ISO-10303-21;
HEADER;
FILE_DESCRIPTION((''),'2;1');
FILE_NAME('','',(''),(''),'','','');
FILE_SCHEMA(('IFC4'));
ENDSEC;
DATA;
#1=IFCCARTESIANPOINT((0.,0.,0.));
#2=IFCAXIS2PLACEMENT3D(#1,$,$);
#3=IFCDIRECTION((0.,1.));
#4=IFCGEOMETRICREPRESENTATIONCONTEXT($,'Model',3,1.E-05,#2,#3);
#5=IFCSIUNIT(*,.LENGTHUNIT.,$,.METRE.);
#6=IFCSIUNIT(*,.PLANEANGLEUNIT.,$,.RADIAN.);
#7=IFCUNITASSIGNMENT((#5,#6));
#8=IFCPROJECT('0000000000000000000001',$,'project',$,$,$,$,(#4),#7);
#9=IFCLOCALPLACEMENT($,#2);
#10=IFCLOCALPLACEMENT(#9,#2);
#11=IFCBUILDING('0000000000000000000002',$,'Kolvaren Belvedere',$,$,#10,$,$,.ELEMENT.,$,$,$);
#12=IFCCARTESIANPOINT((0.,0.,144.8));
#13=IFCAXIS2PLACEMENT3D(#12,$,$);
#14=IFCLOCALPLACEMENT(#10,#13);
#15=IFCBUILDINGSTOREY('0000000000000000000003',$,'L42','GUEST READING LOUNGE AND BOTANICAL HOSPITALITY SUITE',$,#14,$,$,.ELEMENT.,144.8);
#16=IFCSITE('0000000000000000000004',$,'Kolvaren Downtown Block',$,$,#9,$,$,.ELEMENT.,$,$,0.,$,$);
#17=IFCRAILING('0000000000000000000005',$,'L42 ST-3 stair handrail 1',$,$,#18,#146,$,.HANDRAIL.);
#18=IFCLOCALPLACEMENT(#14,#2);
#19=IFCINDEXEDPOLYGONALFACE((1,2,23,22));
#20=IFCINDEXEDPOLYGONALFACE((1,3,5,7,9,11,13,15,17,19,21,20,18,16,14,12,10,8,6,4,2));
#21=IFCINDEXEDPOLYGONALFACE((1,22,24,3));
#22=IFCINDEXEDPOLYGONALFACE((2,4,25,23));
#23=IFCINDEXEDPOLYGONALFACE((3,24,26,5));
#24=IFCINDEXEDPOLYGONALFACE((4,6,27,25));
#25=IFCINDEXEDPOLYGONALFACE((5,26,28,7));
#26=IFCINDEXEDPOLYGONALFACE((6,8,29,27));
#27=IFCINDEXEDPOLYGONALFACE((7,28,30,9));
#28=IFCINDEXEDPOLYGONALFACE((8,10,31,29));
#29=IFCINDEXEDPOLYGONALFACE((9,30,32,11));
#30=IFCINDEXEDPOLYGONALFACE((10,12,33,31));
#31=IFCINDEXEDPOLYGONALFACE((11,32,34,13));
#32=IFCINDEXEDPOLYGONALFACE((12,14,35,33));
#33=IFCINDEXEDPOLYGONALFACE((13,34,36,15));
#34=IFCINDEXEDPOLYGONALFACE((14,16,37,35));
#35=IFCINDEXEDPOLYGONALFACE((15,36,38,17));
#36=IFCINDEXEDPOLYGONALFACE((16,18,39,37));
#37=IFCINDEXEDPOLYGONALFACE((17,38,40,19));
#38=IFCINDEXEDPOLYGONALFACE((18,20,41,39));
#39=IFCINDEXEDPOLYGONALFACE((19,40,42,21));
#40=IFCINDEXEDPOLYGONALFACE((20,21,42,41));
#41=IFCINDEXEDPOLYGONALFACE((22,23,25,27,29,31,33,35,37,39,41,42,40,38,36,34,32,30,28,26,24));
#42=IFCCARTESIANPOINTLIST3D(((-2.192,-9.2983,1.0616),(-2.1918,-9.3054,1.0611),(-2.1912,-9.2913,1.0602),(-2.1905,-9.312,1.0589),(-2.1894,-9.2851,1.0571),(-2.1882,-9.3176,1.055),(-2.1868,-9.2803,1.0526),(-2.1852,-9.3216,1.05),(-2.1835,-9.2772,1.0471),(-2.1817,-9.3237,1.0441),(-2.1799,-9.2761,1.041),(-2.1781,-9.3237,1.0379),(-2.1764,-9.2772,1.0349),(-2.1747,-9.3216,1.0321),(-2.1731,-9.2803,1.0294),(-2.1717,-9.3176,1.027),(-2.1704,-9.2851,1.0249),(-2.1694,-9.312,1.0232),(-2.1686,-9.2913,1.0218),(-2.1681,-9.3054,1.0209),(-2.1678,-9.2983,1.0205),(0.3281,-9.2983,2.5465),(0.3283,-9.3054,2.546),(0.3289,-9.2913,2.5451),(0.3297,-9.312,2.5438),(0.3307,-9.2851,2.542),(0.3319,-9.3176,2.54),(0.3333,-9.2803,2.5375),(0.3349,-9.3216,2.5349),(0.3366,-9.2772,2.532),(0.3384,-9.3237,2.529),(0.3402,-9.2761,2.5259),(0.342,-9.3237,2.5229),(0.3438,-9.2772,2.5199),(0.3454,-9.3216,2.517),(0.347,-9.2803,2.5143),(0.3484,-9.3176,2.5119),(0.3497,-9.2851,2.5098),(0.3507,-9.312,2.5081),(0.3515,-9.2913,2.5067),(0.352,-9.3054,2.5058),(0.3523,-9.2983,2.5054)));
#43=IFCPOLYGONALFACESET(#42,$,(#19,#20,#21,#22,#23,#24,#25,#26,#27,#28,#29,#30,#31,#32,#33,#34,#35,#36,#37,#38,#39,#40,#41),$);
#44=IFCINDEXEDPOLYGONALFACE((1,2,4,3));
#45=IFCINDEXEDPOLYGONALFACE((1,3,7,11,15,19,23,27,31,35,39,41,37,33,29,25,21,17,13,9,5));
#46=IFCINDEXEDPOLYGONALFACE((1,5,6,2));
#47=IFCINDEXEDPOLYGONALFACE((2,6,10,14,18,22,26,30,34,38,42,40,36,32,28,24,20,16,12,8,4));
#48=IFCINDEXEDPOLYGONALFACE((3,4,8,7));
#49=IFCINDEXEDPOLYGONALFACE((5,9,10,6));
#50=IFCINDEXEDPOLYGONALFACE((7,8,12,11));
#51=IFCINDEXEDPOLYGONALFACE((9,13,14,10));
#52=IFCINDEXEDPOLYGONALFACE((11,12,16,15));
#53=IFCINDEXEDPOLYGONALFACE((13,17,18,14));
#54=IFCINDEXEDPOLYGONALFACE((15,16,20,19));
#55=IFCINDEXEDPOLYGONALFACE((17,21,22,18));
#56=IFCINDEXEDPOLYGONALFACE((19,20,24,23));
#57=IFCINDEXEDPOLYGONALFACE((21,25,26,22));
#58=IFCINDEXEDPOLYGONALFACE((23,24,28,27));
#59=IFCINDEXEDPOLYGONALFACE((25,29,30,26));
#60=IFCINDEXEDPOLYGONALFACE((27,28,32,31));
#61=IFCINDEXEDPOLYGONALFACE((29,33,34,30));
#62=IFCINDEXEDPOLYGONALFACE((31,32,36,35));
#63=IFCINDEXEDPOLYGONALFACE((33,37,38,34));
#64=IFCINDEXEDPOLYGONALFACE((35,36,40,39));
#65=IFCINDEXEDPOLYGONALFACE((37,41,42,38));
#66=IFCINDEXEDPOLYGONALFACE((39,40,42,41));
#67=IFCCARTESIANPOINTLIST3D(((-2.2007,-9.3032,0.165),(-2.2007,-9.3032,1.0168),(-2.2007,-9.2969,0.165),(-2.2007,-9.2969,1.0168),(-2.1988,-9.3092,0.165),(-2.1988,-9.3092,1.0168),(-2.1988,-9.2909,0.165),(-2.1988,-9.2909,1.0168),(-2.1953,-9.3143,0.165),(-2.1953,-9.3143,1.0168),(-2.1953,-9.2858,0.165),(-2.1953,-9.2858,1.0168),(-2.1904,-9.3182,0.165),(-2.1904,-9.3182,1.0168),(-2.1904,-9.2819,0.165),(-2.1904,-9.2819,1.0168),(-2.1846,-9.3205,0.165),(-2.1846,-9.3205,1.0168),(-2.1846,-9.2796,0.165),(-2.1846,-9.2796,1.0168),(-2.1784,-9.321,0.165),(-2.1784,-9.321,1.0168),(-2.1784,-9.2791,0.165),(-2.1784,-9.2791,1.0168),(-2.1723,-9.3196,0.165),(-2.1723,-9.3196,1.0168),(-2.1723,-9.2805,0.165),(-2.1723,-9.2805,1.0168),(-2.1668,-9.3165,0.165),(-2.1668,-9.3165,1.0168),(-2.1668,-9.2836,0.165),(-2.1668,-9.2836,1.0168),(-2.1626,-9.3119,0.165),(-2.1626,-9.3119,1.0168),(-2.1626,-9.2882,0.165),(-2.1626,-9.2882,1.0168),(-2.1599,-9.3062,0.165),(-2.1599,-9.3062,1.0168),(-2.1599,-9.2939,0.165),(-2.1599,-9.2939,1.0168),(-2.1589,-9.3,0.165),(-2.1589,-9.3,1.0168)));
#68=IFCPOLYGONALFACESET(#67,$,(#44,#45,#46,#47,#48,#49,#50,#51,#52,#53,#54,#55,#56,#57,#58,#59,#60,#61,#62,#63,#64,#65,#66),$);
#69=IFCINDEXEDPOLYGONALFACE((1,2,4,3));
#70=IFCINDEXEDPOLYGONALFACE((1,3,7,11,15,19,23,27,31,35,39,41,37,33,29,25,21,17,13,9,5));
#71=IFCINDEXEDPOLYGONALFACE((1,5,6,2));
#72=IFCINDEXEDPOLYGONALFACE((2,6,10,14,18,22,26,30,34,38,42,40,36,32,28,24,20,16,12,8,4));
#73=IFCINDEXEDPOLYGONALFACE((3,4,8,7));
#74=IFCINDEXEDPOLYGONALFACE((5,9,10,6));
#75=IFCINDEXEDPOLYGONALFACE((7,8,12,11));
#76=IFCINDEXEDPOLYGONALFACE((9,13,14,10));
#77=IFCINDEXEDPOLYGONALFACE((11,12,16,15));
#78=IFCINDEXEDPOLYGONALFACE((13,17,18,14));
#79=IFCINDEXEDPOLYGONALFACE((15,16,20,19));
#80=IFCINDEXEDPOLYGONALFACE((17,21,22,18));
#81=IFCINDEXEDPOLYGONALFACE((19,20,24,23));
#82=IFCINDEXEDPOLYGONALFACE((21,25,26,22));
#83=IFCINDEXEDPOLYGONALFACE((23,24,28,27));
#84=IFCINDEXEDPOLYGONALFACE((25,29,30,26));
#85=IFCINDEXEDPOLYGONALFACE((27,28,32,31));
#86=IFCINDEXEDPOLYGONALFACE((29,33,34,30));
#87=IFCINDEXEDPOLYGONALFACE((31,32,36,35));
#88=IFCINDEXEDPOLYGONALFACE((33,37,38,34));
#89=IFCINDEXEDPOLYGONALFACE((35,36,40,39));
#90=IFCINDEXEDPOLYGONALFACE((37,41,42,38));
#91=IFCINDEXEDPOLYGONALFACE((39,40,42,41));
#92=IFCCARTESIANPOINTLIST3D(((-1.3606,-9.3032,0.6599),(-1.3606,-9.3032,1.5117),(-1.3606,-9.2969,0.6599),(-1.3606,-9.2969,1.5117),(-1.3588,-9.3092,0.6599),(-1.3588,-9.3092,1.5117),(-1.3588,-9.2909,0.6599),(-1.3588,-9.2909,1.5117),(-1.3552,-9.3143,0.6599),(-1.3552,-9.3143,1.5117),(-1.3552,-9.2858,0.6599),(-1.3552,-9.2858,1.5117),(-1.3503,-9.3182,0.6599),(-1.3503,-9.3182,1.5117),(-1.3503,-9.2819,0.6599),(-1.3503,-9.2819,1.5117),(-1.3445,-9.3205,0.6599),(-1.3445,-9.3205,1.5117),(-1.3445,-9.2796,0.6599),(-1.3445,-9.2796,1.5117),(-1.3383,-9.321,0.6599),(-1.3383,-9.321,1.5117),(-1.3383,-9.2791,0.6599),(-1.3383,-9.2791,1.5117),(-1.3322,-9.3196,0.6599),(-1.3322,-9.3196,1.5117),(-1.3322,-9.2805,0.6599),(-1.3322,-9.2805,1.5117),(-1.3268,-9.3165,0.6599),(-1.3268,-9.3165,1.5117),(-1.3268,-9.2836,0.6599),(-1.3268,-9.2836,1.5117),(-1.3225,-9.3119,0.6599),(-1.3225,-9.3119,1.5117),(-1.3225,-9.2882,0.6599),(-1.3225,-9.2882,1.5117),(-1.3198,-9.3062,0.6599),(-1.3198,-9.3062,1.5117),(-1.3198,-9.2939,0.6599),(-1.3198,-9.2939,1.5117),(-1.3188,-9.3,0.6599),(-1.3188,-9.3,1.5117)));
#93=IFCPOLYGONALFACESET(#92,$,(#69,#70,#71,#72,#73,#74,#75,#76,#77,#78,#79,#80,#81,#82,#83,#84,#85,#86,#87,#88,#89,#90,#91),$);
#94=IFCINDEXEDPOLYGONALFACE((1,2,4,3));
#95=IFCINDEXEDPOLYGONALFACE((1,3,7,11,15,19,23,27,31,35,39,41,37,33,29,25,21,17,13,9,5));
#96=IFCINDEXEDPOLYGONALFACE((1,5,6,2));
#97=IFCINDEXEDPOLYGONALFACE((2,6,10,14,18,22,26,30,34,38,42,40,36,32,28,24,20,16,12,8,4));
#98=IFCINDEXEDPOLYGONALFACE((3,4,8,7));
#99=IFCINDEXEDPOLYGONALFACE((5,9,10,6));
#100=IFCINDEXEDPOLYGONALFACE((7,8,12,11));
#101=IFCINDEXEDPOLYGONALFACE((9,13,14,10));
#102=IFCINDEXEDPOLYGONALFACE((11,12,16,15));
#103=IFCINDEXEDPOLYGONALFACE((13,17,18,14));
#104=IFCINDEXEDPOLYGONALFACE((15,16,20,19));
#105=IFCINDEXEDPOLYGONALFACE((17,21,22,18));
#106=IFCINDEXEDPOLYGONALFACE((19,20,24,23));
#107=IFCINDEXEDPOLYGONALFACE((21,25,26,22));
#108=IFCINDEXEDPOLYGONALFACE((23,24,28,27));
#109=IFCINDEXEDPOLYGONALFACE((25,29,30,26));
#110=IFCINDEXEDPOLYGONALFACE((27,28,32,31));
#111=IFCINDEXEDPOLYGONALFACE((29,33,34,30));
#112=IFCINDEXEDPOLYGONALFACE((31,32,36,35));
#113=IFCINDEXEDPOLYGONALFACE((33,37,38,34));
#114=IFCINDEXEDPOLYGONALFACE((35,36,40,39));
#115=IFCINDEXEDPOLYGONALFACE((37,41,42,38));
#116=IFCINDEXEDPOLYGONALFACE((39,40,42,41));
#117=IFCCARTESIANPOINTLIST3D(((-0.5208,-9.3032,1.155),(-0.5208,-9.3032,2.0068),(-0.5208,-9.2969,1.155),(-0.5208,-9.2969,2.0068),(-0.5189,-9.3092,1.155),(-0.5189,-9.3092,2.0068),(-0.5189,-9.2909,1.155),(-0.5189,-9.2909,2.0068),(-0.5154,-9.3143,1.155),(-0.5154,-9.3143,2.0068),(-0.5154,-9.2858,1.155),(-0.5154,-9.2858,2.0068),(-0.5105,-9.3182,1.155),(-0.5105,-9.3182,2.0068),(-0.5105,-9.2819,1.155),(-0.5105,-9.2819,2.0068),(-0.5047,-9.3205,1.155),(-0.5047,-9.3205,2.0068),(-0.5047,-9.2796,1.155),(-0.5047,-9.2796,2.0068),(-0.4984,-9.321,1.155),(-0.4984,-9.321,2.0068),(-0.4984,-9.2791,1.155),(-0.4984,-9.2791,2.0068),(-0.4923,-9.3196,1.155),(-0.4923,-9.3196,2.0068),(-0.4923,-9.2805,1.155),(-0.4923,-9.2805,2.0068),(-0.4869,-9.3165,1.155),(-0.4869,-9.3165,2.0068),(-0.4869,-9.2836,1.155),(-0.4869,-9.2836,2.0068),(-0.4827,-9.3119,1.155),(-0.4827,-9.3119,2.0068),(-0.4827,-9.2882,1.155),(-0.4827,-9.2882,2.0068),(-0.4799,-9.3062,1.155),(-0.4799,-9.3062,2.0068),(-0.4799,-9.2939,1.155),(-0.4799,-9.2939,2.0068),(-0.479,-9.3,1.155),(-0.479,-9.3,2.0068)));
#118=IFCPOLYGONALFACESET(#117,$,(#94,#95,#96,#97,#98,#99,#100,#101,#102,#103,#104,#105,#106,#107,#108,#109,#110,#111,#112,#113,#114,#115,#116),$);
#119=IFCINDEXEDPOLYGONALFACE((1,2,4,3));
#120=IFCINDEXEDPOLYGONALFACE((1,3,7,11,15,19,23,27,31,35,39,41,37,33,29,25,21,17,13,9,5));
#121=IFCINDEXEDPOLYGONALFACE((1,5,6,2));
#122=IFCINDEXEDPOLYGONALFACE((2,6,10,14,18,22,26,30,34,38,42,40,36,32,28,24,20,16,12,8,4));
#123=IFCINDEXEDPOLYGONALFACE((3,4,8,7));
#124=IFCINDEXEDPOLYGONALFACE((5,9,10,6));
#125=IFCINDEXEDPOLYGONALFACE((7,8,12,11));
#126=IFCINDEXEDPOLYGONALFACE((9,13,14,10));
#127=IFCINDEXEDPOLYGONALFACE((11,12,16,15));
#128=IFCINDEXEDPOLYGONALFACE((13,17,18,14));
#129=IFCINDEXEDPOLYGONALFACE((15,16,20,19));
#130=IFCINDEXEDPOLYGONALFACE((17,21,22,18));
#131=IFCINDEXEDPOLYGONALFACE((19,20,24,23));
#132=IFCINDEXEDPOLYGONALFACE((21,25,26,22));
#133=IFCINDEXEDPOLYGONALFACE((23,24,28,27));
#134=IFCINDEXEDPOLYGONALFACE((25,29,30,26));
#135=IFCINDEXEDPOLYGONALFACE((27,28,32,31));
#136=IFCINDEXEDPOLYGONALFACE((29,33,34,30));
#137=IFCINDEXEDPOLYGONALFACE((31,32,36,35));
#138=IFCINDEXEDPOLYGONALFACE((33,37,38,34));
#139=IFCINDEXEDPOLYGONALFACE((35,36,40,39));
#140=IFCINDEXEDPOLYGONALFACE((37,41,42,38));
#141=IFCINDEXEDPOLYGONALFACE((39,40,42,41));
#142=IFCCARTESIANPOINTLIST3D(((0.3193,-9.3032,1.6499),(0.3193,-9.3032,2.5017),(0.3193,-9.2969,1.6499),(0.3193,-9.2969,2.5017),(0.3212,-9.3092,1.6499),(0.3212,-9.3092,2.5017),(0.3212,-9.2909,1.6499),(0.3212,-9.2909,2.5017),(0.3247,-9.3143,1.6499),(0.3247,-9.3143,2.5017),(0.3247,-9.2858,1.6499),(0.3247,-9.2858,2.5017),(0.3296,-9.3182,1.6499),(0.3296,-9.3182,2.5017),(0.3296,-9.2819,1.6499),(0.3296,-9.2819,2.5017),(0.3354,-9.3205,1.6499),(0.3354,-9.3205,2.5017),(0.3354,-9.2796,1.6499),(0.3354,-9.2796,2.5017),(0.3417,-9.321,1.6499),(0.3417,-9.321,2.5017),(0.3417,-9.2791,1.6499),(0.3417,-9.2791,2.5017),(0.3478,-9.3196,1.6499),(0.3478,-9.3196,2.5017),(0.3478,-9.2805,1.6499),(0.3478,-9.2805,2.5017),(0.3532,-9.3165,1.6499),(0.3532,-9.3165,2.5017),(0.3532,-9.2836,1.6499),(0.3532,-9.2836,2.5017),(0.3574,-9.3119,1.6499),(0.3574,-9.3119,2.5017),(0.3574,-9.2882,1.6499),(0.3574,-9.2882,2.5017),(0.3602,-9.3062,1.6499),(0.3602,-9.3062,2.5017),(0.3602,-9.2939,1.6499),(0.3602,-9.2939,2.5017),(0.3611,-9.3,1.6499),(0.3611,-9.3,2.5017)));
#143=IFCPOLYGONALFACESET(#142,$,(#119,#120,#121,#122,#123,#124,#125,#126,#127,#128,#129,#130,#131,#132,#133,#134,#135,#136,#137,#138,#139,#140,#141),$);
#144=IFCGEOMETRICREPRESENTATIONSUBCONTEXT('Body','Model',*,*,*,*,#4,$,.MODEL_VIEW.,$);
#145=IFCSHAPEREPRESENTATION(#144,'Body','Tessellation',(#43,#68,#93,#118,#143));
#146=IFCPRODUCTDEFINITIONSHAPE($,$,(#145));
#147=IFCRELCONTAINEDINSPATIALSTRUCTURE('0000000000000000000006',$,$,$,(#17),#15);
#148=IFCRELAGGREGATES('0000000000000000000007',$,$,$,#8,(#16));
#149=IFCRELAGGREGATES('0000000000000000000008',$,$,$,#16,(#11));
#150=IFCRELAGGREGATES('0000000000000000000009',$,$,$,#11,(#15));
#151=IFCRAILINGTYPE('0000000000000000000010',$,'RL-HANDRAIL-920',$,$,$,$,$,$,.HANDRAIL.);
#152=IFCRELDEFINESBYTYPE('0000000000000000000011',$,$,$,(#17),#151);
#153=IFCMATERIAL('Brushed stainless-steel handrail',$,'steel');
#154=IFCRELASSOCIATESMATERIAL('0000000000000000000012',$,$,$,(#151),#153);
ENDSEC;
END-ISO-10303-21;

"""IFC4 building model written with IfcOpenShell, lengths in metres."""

from ifc_helpers import new_model, si_unit, direction, frame, origin, origin_2d, place, context, subcontext, project, spatial, circle, extrude, material, type_object, element, save


model = new_model("IFC4")

# Units and contexts
model_context = context("Model", 3, precision=1e-05, world=origin(), true_north=direction((0.0, 1.0)))
body_context = subcontext(model_context, "Body", "Model", "MODEL_VIEW")
ifc_project = project(units=[si_unit("LENGTHUNIT", "METRE"), si_unit("PLANEANGLEUNIT", "RADIAN")], contexts=[model_context])

# Site, building, storey
site_placement = place(None, origin())
site = spatial("IfcSite", under=ifc_project, at=site_placement, Name="Kolvaren Downtown Block", CompositionType="ELEMENT", RefElevation=0.0)
building_placement = place(site_placement, origin())
building = spatial("IfcBuilding", under=site, at=building_placement, Name="Kolvaren Belvedere", CompositionType="ELEMENT")
storey_placement = place(building_placement, frame((0.0, 0.0, 144.8)))
storey = spatial("IfcBuildingStorey", under=building, at=storey_placement, Name="L42", Description="GUEST READING LOUNGE AND BOTANICAL HOSPITALITY SUITE", CompositionType="ELEMENT", Elevation=144.8)

# Railing
ifc_material_1 = material(Name="Brushed stainless-steel handrail", Category="steel")
railing_type_1 = type_object("IfcRailingType", Name="RL-HANDRAIL-920", PredefinedType="HANDRAIL", material=ifc_material_1)
railing_1_placement = place(storey_placement, frame((-2.1799, -9.3, 0.165)))
element("IfcRailing", 1, at=railing_1_placement, inside=storey, type_object=railing_type_1, Name="L42 ST-3 stair handrail 1", PredefinedType="HANDRAIL", context=body_context, shape_type="SweptSolid", body=[
    extrude(circle(Radius=0.0239, at=origin_2d()), frame((0.0, 0.0, 0.876), z_axis=(0.861561, 0.0, 0.507655), x_axis=(0.0, 1.0, 0.0)), (0.0, 0.0, 1.0), 2.925),
    extrude(circle(Radius=0.021, at=origin_2d()), origin(), (0.0, 0.0, 1.0), 0.8518),
    extrude(circle(Radius=0.021, at=origin_2d()), frame((0.8401, 0.0, 0.4949)), (0.0, 0.0, 1.0), 0.8518),
    extrude(circle(Radius=0.021, at=origin_2d()), frame((1.6799, 0.0, 0.99)), (0.0, 0.0, 1.0), 0.8518),
    extrude(circle(Radius=0.021, at=origin_2d()), frame((2.52, 0.0, 1.4849)), (0.0, 0.0, 1.0), 0.8518),
])

save(model, "model.ifc")
